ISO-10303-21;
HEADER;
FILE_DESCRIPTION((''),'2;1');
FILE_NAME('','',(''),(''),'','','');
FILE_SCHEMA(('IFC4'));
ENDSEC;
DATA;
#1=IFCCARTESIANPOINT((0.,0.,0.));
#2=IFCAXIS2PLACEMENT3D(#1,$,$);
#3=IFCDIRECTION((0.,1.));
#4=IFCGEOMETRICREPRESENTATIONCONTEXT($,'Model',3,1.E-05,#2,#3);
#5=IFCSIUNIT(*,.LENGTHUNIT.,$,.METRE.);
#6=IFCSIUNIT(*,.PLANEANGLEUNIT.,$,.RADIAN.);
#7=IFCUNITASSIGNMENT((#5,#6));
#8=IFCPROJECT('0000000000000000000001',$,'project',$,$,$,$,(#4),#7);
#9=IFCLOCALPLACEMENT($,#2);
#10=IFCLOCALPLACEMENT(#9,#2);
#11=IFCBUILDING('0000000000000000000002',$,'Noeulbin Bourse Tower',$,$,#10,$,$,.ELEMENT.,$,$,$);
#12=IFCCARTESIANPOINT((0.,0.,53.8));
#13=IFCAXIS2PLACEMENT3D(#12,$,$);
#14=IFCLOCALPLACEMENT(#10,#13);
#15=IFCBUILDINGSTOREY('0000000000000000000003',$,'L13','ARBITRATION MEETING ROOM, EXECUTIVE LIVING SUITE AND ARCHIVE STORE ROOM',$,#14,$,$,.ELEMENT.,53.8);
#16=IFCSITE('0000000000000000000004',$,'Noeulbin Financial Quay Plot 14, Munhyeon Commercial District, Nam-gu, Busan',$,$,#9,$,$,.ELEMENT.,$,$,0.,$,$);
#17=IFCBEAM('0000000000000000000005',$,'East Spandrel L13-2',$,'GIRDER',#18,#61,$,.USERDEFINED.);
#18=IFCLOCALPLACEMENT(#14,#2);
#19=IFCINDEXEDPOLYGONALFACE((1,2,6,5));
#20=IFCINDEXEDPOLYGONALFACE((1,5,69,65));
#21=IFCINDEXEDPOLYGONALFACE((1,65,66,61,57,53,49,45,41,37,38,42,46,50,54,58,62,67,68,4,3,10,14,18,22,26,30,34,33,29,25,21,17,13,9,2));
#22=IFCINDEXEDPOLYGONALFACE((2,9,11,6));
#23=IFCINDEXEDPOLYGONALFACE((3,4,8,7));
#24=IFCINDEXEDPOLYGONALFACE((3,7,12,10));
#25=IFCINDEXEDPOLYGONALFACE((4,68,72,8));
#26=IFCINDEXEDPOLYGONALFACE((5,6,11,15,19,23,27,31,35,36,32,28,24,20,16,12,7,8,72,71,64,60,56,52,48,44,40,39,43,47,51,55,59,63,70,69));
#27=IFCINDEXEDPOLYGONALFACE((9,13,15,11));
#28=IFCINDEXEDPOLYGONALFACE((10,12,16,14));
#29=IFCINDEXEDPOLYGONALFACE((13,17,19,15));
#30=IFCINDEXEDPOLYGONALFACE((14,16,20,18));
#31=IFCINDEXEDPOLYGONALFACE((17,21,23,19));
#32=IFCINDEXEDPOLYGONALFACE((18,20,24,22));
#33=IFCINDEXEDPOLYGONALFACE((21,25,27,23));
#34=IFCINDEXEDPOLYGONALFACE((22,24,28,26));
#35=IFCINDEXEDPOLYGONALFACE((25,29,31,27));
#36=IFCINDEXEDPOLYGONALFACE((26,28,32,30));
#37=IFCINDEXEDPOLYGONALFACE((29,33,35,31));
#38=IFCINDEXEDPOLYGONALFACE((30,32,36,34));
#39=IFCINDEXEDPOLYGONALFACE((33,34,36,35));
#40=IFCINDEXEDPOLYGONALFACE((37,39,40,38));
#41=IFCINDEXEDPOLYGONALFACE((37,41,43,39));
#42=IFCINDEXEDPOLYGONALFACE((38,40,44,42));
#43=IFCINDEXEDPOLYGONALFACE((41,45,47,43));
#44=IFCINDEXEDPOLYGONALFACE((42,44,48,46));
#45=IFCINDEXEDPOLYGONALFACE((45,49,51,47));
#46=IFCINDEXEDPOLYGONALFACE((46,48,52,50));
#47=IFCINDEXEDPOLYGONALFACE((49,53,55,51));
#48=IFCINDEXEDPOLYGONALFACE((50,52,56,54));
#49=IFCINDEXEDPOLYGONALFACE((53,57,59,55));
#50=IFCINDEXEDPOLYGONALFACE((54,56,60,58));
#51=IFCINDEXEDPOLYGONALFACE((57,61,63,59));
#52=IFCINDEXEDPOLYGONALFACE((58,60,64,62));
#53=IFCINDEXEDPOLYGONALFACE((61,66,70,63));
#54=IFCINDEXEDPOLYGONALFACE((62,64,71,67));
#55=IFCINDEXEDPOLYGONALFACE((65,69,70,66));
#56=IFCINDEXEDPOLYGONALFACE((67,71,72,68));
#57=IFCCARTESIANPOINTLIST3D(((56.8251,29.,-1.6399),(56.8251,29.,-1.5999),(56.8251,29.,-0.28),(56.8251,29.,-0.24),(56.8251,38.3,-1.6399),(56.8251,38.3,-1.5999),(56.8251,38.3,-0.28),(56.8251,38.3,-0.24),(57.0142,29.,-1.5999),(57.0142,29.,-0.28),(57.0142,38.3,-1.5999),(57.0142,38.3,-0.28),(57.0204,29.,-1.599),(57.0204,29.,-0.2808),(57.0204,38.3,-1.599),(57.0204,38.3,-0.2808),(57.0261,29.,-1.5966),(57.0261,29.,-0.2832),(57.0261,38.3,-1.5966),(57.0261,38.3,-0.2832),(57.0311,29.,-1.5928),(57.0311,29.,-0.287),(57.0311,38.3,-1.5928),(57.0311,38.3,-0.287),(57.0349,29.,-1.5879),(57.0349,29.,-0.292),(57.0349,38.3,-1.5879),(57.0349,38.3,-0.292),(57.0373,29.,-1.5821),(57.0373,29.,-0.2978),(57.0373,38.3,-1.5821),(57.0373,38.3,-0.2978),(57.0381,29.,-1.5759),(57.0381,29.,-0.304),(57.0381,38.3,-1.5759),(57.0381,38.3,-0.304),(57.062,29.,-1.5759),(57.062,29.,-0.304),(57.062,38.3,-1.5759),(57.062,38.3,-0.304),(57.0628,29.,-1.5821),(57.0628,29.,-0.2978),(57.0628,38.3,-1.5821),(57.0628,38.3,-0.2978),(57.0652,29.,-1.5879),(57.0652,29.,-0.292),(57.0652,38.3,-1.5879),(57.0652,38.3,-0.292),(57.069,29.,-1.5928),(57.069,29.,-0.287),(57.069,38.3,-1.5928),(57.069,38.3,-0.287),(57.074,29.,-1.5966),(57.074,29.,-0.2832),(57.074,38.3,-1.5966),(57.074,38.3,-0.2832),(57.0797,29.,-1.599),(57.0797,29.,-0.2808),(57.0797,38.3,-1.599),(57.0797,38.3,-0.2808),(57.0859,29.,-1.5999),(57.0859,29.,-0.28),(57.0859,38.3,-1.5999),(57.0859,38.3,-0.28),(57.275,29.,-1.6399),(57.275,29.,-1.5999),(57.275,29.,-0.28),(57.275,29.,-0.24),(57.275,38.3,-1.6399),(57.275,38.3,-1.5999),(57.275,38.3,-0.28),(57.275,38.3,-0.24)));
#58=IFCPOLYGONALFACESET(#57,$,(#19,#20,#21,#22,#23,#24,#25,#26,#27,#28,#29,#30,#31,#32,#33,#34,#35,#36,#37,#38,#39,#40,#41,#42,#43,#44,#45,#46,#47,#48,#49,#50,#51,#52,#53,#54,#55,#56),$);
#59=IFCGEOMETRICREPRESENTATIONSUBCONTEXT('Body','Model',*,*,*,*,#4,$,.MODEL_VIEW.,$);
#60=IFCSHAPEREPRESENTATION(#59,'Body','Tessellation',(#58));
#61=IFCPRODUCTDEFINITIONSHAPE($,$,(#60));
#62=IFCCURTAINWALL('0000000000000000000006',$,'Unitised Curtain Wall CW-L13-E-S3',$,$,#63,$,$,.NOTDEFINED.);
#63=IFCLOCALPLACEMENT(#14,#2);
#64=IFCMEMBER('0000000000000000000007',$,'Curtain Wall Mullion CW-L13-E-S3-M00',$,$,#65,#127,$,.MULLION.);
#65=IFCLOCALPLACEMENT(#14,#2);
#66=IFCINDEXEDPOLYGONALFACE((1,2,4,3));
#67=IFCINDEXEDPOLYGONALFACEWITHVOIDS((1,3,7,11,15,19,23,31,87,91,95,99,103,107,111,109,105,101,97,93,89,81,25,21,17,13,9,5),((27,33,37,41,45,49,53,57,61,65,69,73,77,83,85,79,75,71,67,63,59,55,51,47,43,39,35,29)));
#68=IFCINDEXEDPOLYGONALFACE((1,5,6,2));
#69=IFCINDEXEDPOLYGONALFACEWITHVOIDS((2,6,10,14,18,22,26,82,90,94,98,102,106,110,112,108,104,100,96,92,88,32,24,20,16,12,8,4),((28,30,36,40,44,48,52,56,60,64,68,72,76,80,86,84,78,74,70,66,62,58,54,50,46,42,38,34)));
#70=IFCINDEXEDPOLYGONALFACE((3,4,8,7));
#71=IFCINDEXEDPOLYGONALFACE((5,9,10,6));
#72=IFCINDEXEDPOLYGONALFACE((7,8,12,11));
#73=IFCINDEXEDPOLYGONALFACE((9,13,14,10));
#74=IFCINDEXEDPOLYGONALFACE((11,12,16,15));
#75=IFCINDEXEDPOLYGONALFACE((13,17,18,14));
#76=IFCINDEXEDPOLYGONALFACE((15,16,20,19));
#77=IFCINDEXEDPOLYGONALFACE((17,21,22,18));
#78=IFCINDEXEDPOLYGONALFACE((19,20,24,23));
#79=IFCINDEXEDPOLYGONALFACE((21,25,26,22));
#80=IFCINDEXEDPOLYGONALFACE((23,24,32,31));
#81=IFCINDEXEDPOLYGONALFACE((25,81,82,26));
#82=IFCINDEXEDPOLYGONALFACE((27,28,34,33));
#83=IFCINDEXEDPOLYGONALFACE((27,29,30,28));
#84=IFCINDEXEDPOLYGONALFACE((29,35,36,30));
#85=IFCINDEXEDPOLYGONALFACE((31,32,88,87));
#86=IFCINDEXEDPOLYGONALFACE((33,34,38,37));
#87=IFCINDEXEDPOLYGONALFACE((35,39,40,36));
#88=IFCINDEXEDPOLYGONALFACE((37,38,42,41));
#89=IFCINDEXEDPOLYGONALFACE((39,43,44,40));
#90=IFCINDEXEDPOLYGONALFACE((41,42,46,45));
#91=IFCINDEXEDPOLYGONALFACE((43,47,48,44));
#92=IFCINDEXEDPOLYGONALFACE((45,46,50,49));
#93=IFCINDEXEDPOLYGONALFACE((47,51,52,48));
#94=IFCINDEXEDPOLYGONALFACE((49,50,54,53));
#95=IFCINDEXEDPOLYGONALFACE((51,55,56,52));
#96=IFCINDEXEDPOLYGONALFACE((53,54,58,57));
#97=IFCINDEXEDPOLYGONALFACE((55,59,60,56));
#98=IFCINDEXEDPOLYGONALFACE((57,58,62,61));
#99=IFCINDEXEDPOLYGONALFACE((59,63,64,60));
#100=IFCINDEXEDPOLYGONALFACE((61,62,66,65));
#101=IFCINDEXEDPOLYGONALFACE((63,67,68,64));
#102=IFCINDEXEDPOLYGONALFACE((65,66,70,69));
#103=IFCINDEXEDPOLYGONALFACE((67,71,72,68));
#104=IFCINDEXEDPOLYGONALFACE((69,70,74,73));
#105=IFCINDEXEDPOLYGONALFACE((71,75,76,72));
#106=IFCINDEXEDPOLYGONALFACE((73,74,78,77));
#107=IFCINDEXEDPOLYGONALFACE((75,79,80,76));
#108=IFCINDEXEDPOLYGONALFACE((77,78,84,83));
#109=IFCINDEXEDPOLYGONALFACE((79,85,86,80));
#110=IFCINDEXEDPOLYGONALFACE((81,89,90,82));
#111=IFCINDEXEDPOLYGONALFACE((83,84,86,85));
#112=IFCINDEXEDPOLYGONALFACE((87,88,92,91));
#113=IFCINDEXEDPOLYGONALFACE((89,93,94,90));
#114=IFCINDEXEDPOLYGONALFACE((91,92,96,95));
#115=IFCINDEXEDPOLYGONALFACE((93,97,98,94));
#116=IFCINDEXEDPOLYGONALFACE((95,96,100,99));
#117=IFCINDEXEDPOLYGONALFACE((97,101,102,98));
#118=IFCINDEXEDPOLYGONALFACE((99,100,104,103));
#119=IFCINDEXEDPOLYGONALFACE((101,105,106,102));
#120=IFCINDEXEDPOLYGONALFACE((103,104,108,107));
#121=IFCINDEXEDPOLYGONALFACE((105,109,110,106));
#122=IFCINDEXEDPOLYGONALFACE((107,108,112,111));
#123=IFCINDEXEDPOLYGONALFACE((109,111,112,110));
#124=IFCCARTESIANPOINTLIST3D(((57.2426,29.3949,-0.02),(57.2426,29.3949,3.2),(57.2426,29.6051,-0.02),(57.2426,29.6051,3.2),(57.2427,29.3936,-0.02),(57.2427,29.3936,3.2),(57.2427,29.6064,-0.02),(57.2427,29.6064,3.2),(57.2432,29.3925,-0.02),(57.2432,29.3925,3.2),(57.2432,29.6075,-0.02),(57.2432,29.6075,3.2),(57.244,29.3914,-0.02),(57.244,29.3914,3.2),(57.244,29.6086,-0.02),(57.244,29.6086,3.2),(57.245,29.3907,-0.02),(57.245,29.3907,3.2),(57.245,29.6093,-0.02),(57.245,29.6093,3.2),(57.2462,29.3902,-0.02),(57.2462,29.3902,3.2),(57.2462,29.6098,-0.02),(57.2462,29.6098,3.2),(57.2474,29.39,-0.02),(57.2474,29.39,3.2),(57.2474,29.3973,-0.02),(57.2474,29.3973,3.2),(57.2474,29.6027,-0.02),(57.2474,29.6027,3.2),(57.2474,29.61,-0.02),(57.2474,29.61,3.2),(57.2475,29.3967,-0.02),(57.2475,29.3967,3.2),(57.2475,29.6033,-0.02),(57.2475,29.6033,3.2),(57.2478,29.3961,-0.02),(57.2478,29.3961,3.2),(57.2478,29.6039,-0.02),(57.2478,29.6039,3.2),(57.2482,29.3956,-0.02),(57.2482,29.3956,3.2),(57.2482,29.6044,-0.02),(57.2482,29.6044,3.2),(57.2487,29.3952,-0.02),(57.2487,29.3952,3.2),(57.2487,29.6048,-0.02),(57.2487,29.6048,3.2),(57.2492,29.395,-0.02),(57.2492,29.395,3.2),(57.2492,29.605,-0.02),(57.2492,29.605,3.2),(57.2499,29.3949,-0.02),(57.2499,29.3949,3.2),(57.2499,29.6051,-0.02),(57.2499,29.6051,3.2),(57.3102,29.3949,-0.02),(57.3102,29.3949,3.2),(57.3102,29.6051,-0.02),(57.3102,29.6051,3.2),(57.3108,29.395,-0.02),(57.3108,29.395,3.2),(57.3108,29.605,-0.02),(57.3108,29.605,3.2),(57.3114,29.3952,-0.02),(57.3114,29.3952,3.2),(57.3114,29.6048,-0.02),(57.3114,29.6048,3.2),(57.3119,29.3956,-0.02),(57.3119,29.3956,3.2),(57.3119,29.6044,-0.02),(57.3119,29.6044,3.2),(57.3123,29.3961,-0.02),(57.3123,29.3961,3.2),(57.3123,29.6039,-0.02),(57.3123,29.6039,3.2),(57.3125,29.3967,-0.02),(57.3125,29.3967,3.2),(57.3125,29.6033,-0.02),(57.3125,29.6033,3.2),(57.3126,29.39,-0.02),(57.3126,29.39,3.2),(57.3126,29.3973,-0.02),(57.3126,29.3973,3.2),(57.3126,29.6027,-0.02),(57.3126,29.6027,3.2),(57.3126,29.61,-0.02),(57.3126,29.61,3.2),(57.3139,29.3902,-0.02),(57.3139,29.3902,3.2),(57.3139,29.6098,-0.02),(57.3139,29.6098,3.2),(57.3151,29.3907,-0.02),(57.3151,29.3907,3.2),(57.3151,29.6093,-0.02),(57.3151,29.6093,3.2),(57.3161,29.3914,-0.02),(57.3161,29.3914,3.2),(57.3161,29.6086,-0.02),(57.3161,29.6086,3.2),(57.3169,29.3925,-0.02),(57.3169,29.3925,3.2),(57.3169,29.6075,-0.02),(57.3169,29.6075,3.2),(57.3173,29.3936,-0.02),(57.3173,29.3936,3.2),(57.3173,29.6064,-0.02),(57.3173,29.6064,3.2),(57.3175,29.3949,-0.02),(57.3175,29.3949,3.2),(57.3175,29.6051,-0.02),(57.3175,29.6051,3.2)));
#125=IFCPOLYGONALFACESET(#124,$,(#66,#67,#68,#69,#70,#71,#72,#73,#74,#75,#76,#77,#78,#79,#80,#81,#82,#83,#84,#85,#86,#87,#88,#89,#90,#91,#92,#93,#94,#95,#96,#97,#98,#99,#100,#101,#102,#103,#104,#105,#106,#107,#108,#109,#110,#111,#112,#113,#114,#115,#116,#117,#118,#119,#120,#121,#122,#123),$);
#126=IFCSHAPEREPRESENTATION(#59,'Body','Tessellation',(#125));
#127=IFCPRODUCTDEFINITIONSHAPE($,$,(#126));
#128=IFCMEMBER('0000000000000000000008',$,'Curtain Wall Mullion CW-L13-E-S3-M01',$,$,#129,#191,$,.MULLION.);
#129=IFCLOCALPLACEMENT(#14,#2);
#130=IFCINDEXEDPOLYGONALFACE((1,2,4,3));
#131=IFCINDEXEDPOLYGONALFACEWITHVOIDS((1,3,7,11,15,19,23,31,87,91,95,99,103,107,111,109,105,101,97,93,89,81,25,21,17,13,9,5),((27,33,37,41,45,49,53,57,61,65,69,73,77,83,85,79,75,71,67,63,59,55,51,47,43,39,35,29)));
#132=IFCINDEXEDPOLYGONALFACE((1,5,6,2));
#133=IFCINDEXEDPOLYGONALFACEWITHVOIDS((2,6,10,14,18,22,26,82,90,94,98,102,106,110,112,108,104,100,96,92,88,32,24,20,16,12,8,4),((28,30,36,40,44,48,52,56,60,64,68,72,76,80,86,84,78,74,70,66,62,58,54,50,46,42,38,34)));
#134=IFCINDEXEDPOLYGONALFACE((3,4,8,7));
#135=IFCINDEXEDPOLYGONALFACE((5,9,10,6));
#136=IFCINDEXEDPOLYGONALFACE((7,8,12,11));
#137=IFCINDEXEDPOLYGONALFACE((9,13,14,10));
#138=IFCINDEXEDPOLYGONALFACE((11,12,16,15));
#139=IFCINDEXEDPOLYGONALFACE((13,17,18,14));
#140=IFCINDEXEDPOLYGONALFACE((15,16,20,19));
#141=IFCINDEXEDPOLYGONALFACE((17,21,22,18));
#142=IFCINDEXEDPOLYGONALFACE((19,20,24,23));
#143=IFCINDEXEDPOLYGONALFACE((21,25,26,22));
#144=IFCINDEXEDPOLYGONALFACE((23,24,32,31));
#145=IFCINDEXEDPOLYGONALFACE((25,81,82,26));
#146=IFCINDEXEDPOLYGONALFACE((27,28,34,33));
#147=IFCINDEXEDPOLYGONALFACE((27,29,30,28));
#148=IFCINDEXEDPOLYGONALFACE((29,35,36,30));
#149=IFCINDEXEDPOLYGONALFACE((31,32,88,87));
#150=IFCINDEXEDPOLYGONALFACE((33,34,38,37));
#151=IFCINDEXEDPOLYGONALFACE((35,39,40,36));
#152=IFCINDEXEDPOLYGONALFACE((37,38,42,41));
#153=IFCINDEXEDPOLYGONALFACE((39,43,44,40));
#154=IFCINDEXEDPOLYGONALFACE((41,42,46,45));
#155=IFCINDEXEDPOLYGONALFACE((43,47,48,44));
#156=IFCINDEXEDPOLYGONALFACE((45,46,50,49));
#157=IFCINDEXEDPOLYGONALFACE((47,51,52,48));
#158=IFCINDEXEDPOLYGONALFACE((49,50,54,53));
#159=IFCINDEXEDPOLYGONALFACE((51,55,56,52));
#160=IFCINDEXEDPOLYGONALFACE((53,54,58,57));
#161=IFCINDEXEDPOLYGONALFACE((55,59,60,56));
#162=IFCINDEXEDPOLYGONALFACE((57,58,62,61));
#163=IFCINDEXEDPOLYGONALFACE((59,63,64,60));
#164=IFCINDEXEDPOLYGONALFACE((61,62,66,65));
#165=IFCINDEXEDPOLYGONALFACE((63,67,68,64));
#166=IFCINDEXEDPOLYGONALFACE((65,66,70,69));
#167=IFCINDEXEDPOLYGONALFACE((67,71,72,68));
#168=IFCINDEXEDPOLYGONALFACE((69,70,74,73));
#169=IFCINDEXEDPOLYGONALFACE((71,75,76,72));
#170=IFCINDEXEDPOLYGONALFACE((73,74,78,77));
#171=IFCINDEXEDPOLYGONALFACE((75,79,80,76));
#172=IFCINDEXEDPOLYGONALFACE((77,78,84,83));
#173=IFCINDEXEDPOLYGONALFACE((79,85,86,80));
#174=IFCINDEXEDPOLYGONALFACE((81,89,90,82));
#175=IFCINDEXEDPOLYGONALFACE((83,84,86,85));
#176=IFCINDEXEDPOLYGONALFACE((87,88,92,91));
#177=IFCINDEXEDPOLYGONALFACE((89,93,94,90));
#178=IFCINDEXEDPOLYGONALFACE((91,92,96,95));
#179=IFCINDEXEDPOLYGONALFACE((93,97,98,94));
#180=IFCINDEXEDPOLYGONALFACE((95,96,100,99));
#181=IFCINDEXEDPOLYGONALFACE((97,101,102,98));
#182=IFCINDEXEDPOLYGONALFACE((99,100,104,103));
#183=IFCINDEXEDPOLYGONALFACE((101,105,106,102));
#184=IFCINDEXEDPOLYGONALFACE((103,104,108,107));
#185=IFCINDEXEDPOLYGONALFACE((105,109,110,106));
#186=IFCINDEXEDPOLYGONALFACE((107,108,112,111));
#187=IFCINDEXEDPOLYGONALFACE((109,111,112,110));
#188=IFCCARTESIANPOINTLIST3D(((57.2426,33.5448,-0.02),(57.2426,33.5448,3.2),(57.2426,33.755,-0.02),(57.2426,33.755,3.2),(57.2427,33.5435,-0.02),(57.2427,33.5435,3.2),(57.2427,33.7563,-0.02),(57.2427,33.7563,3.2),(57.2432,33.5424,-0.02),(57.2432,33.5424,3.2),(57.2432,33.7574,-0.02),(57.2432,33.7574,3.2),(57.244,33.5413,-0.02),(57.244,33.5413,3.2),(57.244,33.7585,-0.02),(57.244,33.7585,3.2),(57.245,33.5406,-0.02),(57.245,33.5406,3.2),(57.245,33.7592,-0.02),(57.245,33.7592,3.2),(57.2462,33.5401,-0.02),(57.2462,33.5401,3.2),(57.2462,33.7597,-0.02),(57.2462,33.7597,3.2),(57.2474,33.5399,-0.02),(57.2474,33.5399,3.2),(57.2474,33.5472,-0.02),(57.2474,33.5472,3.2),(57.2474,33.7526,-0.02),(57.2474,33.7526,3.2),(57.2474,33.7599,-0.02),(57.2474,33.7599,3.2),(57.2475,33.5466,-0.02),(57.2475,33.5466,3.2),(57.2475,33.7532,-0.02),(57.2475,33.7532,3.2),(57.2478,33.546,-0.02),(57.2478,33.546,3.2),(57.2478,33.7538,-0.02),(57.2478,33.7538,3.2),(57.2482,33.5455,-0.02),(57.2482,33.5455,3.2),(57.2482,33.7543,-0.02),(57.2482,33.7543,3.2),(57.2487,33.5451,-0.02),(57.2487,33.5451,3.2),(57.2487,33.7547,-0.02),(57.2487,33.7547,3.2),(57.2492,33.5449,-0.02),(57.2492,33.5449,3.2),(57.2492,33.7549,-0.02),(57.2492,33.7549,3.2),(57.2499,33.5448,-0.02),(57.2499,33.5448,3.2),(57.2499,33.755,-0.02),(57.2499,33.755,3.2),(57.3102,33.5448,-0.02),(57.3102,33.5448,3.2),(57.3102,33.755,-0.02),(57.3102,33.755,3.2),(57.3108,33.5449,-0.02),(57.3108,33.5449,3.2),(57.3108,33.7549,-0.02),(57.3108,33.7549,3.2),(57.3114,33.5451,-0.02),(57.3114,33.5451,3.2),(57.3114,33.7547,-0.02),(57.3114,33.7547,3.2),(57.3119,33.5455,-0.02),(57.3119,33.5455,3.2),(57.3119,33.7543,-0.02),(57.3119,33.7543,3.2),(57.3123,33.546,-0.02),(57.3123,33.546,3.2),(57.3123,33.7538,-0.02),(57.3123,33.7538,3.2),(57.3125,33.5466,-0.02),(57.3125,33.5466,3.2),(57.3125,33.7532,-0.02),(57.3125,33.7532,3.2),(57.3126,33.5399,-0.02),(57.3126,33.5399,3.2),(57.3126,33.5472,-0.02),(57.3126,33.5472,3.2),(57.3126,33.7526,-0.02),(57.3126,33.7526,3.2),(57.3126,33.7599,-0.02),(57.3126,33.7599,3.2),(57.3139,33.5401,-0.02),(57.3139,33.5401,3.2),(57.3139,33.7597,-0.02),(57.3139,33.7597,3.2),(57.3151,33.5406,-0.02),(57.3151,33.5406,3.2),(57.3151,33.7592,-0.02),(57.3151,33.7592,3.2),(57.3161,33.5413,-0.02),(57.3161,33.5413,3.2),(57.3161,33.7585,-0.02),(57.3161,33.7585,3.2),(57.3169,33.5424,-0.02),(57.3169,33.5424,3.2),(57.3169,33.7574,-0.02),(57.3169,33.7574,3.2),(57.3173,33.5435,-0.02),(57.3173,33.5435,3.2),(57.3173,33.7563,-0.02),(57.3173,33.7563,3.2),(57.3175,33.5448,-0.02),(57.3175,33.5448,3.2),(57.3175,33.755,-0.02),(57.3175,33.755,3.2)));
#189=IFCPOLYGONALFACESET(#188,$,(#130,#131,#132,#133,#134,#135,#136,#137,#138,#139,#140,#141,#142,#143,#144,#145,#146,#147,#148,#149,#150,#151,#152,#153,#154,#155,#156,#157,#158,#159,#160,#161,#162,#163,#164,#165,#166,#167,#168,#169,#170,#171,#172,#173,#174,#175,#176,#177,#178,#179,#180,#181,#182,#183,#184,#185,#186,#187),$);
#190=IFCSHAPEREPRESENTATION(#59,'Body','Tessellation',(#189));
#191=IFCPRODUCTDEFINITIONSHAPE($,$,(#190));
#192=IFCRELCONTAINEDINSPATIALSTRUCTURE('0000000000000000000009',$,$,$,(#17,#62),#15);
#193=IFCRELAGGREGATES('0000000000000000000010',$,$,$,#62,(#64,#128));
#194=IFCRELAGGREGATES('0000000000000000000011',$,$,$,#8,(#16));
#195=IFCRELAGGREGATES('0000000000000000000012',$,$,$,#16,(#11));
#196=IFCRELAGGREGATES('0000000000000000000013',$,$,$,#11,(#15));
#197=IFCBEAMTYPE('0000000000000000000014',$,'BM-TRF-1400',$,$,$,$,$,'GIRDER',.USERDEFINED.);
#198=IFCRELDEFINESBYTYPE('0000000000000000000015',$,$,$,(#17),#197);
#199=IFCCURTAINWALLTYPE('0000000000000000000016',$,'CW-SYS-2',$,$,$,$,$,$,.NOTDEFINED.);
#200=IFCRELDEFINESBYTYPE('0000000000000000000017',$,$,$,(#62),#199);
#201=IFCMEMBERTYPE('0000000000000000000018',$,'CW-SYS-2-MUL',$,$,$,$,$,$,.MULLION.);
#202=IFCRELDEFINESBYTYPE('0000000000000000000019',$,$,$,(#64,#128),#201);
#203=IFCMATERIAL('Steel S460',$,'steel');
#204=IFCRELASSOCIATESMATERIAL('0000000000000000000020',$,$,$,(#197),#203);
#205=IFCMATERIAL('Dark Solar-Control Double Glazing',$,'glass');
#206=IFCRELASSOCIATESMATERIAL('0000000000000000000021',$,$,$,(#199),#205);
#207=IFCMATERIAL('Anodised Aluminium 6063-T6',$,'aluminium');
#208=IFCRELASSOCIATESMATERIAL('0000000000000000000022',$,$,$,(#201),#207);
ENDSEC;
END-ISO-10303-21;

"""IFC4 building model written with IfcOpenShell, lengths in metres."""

from ifc_helpers import new_model, si_unit, direction, frame, origin, origin_2d, place, context, subcontext, project, spatial, hollow_rectangle, i_section, extrude, material, material_profile, profile_set, type_object, element, aggregate, save


model = new_model("IFC4")

# Units and contexts
model_context = context("Model", 3, precision=1e-05, world=origin(), true_north=direction((0.0, 1.0)))
body_context = subcontext(model_context, "Body", "Model", "MODEL_VIEW")
ifc_project = project(units=[si_unit("LENGTHUNIT", "METRE"), si_unit("PLANEANGLEUNIT", "RADIAN")], contexts=[model_context])

# Site, building, storey
site_placement = place(None, origin())
site = spatial("IfcSite", under=ifc_project, at=site_placement, Name="Noeulbin Financial Quay Plot 14, Munhyeon Commercial District, Nam-gu, Busan", CompositionType="ELEMENT", RefElevation=0.0)
building_placement = place(site_placement, origin())
building = spatial("IfcBuilding", under=site, at=building_placement, Name="Noeulbin Bourse Tower", CompositionType="ELEMENT")
storey_placement = place(building_placement, frame((0.0, 0.0, 53.8)))
storey = spatial("IfcBuildingStorey", under=building, at=storey_placement, Name="L13", Description="ARBITRATION MEETING ROOM, EXECUTIVE LIVING SUITE AND ARCHIVE STORE ROOM", CompositionType="ELEMENT", Elevation=53.8)

# Shared definitions
ifc_material_1 = material(Name="Steel S460", Category="steel")

# Beam
ifc_material_profile_1 = material_profile(ifc_material_1, i_section(OverallWidth=0.45, OverallDepth=1.3999, WebThickness=0.0239, FlangeThickness=0.04, FilletRadius=0.0239, at=origin_2d()), Name="PG-1400x450x24x40", Category="LoadBearing")
ifc_profile_set_1 = profile_set([ifc_material_profile_1], Name="Steel S460")
beam_type_1 = type_object("IfcBeamType", Name="BM-TRF-1400", ElementType="GIRDER", PredefinedType="USERDEFINED", material=ifc_profile_set_1)
for number, where, z_axis, x_axis, name in (
    (1, (57.05, 29.0, -0.9399), (0.0, 1.0, 0.0), (-1.0, 0.0, 0.0), "East Spandrel L13-2"),
):
    element("IfcBeam", number, at=place(storey_placement, frame(where, z_axis=z_axis, x_axis=x_axis)), inside=storey, type_object=beam_type_1, Name=name, ObjectType="GIRDER", PredefinedType="USERDEFINED", context=body_context, shape_type="SweptSolid", body=[
        extrude(i_section(OverallWidth=0.45, OverallDepth=1.3999, WebThickness=0.0239, FlangeThickness=0.04, FilletRadius=0.0239, at=origin_2d()), origin(), (0.0, 0.0, 1.0), 9.3),
    ])

# Curtain wall, members
ifc_material_2 = material(Name="Dark Solar-Control Double Glazing", Category="glass")
curtain_wall_type = type_object("IfcCurtainWallType", Name="CW-SYS-2", PredefinedType="NOTDEFINED", material=ifc_material_2)
curtain_wall_placement = place(storey_placement, origin())
curtain_wall = element("IfcCurtainWall", 2, at=curtain_wall_placement, inside=storey, type_object=curtain_wall_type, Name="Unitised Curtain Wall CW-L13-E-S3", PredefinedType="NOTDEFINED")
ifc_material_3 = material(Name="Anodised Aluminium 6063-T6", Category="aluminium")
ifc_material_profile_2 = material_profile(ifc_material_3, hollow_rectangle(XDim=0.075, YDim=0.22, WallThickness=0.0049, InnerFilletRadius=0.0024, OuterFilletRadius=0.0049, at=origin_2d()), Name="ALU-MULL-75x220x5", Category="LoadBearing")
ifc_profile_set_2 = profile_set([ifc_material_profile_2], Name="Anodised Aluminium 6063-T6")
member_type_1 = type_object("IfcMemberType", Name="CW-SYS-2-MUL", PredefinedType="MULLION", material=ifc_profile_set_2)
member_1_placement = place(storey_placement, frame((57.28, 29.5, -0.02), z_axis=(0.0, 0.0, 1.0), x_axis=(1.0, 0.0, 0.0)))
member_1 = element("IfcMember", 3, at=member_1_placement, type_object=member_type_1, Name="Curtain Wall Mullion CW-L13-E-S3-M00", PredefinedType="MULLION", context=body_context, shape_type="SweptSolid", body=[
    extrude(hollow_rectangle(XDim=0.075, YDim=0.22, WallThickness=0.0049, InnerFilletRadius=0.0024, OuterFilletRadius=0.0049, at=origin_2d()), origin(), (0.0, 0.0, 1.0), 3.22),
])
member_2_placement = place(storey_placement, frame((57.28, 33.6499, -0.02), z_axis=(0.0, 0.0, 1.0), x_axis=(1.0, 0.0, 0.0)))
member_2 = element("IfcMember", 4, at=member_2_placement, type_object=member_type_1, Name="Curtain Wall Mullion CW-L13-E-S3-M01", PredefinedType="MULLION", context=body_context, shape_type="SweptSolid", body=[
    extrude(hollow_rectangle(XDim=0.075, YDim=0.22, WallThickness=0.0049, InnerFilletRadius=0.0024, OuterFilletRadius=0.0049, at=origin_2d()), origin(), (0.0, 0.0, 1.0), 3.22),
])

aggregate(curtain_wall, [member_1, member_2])

save(model, "model.ifc")
